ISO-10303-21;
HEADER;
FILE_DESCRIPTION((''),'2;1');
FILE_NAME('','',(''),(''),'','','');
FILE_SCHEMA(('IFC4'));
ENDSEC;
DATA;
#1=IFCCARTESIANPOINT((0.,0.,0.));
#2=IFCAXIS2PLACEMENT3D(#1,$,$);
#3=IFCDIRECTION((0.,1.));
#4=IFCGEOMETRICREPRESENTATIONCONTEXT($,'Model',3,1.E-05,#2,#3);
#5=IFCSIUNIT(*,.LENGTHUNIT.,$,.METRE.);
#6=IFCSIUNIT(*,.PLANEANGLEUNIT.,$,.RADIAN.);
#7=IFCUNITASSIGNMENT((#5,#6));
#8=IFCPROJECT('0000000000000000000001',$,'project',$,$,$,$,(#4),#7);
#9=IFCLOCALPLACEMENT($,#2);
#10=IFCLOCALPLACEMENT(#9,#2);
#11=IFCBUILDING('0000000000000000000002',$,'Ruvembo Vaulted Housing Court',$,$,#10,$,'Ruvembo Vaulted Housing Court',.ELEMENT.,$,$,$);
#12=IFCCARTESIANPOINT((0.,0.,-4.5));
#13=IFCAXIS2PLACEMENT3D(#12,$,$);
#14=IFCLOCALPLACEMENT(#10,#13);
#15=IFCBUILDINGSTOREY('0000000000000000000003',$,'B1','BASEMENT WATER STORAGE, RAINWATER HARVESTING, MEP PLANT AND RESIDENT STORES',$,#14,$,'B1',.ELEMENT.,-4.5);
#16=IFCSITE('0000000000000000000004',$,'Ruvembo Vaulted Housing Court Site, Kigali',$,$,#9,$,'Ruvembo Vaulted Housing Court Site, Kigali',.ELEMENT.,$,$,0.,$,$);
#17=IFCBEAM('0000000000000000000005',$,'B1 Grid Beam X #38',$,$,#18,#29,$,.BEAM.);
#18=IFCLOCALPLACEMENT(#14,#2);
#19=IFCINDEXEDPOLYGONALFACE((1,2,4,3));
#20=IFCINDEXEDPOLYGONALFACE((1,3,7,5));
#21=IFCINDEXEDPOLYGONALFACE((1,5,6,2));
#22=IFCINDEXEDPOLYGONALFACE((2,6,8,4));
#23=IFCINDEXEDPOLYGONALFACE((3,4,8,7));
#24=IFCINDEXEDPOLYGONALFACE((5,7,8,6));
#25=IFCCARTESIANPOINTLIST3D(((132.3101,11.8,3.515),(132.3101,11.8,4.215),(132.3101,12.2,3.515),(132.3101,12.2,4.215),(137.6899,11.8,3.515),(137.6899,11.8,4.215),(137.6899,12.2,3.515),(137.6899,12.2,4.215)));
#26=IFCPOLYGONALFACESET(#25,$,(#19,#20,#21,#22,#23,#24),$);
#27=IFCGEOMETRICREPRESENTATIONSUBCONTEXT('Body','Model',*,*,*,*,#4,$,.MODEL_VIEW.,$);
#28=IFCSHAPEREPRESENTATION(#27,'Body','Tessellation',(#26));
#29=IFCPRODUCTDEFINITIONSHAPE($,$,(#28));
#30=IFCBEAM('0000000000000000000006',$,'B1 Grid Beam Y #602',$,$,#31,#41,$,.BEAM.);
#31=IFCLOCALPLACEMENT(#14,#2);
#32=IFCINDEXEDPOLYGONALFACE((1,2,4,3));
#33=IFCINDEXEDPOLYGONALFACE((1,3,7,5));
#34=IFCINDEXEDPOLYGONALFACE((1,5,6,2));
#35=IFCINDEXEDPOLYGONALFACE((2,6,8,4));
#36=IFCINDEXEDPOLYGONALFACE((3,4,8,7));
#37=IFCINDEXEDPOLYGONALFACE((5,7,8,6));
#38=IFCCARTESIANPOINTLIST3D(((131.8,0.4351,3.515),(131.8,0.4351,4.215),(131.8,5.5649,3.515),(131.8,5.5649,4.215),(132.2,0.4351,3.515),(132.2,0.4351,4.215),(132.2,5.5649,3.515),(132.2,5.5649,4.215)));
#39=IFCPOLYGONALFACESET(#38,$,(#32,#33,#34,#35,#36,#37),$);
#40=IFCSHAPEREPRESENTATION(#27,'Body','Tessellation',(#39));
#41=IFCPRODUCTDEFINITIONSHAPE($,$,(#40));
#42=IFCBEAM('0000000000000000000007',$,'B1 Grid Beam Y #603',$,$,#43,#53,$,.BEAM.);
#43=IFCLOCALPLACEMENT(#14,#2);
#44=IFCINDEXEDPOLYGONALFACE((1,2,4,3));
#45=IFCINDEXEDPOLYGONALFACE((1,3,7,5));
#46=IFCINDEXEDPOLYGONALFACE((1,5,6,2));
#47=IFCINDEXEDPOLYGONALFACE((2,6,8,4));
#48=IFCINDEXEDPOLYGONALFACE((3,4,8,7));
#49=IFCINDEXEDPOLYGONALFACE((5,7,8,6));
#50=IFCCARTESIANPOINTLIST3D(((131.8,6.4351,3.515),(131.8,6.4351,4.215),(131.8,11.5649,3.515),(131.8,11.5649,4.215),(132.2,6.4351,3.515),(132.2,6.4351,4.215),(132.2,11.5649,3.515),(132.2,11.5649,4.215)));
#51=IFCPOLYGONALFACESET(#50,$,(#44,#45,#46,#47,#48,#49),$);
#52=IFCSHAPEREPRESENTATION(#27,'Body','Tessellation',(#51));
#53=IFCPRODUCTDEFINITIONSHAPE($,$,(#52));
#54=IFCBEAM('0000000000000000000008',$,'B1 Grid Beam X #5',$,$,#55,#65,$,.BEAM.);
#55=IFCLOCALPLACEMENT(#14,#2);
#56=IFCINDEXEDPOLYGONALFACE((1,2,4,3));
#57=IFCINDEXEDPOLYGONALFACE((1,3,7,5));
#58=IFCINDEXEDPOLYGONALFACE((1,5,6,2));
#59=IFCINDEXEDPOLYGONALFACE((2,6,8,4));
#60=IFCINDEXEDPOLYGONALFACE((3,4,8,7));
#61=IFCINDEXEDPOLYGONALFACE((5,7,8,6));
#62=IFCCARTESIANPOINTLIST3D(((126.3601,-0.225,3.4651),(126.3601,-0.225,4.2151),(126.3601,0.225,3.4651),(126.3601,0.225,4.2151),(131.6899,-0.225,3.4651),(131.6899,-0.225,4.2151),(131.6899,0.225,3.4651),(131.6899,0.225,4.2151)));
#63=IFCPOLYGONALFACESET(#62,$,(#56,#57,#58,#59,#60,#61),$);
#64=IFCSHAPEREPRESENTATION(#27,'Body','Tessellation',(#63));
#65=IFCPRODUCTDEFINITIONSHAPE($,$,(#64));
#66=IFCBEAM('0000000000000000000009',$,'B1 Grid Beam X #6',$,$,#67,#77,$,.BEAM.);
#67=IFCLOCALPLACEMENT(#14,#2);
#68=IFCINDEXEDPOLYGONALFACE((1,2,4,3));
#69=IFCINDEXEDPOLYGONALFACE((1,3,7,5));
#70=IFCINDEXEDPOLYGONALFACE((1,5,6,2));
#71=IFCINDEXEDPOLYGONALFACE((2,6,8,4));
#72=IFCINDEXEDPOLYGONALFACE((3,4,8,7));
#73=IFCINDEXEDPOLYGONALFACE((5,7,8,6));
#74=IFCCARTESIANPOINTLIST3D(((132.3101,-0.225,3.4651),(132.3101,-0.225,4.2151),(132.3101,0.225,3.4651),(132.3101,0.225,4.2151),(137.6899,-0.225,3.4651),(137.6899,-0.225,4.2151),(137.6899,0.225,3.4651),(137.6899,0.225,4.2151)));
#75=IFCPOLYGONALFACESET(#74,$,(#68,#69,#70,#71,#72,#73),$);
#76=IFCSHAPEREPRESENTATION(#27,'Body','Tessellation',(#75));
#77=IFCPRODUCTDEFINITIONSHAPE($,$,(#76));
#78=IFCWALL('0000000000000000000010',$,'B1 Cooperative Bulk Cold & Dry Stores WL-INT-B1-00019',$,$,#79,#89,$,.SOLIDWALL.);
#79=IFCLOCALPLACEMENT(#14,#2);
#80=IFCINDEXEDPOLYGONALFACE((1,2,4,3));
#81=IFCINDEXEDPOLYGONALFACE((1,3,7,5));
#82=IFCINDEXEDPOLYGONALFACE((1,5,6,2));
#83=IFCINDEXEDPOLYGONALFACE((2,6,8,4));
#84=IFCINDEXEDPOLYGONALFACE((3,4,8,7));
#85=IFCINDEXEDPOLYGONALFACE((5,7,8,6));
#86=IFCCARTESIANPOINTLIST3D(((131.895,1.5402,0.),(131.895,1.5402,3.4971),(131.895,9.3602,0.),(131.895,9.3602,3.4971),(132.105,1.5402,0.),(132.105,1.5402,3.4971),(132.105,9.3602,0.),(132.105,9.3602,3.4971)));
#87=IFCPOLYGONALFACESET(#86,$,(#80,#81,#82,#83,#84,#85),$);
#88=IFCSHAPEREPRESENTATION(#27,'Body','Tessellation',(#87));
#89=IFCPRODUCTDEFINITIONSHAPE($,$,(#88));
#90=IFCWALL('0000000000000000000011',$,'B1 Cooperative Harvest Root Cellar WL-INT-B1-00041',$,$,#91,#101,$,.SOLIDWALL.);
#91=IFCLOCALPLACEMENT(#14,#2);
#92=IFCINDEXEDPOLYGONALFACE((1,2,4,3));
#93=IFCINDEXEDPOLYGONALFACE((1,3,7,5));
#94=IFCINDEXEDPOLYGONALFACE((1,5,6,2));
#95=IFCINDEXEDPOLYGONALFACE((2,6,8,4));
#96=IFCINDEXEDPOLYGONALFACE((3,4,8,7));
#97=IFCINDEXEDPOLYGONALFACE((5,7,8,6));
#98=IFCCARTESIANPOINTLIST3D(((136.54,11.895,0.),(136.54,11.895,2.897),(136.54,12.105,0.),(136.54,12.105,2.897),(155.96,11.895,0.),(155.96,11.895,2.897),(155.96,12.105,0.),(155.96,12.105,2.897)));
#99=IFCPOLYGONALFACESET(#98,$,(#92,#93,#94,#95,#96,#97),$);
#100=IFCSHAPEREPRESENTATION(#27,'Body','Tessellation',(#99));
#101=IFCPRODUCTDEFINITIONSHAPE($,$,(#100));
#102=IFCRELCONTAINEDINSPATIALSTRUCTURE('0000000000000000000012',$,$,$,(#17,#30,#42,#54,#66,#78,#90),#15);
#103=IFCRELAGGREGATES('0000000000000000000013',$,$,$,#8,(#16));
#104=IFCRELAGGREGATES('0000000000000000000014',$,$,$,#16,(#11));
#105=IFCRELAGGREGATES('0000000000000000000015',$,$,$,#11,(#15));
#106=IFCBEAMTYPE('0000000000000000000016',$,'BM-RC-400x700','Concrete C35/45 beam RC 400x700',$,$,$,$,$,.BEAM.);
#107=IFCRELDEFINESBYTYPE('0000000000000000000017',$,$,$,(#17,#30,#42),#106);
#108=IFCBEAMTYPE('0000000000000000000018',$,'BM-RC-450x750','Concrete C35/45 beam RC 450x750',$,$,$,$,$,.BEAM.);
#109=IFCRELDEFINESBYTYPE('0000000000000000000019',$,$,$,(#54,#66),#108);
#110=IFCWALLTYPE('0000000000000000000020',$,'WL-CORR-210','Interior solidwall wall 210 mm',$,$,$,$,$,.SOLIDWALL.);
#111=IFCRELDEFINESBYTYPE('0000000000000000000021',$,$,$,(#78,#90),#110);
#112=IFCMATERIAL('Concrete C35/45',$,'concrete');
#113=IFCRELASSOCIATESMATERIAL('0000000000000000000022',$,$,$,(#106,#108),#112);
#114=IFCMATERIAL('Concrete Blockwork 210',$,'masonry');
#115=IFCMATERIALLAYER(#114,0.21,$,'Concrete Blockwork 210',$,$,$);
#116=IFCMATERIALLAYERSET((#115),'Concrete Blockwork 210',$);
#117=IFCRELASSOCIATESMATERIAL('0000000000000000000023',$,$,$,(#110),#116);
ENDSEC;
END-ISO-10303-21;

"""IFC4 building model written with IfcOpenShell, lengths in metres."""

from ifc_helpers import new_model, si_unit, direction, frame, frame_2d, origin, origin_2d, place, context, subcontext, project, spatial, rectangle, extrude, material, layer, layer_set, material_profile, profile_set, type_object, element, save


model = new_model("IFC4")

# Units and contexts
model_context = context("Model", 3, precision=1e-05, world=origin(), true_north=direction((0.0, 1.0)))
body_context = subcontext(model_context, "Body", "Model", "MODEL_VIEW")
ifc_project = project(units=[si_unit("LENGTHUNIT", "METRE"), si_unit("PLANEANGLEUNIT", "RADIAN")], contexts=[model_context])

# Site, building, storey
site_placement = place(None, origin())
site = spatial("IfcSite", under=ifc_project, at=site_placement, Name="Ruvembo Vaulted Housing Court Site, Kigali", LongName="Ruvembo Vaulted Housing Court Site, Kigali", CompositionType="ELEMENT", RefElevation=0.0)
building_placement = place(site_placement, origin())
building = spatial("IfcBuilding", under=site, at=building_placement, Name="Ruvembo Vaulted Housing Court", LongName="Ruvembo Vaulted Housing Court", CompositionType="ELEMENT")
storey_placement = place(building_placement, frame((0.0, 0.0, -4.5)))
storey = spatial("IfcBuildingStorey", under=building, at=storey_placement, Name="B1", Description="BASEMENT WATER STORAGE, RAINWATER HARVESTING, MEP PLANT AND RESIDENT STORES", LongName="B1", CompositionType="ELEMENT", Elevation=-4.5)

# Shared definitions
ifc_material_1 = material(Name="Concrete C35/45", Category="concrete")

# Beams
ifc_material_profile_1 = material_profile(ifc_material_1, rectangle(XDim=0.3999, YDim=0.7, at=origin_2d()), Name="RC 400x700")
ifc_profile_set_1 = profile_set([ifc_material_profile_1], Name="Concrete C35/45")
beam_type_1 = type_object("IfcBeamType", Name="BM-RC-400x700", Description="Concrete C35/45 beam RC 400x700", PredefinedType="BEAM", material=ifc_profile_set_1)
beam_1_placement = place(storey_placement, frame((132.3101, 12.0, 3.865), z_axis=(1.0, 0.0, 0.0), x_axis=(0.0, 1.0, 0.0)))
element("IfcBeam", 1, at=beam_1_placement, inside=storey, type_object=beam_type_1, Name="B1 Grid Beam X #38", PredefinedType="BEAM", context=body_context, shape_type="SweptSolid", body=[
    extrude(rectangle(XDim=0.3999, YDim=0.7, at=origin_2d()), origin(), (0.0, 0.0, 1.0), 5.3799),
])
for number, where, z_axis, x_axis, name in (
    (2, (132.0, 0.4351, 3.865), (0.0, 1.0, 0.0), (-1.0, 0.0, 0.0), "B1 Grid Beam Y #602"),
    (3, (132.0, 6.4351, 3.865), (0.0, 1.0, 0.0), (-1.0, 0.0, 0.0), "B1 Grid Beam Y #603"),
):
    element("IfcBeam", number, at=place(storey_placement, frame(where, z_axis=z_axis, x_axis=x_axis)), inside=storey, type_object=beam_type_1, Name=name, PredefinedType="BEAM", context=body_context, shape_type="SweptSolid", body=[
        extrude(rectangle(XDim=0.3999, YDim=0.7, at=origin_2d()), origin(), (0.0, 0.0, 1.0), 5.1299),
    ])
ifc_material_profile_2 = material_profile(ifc_material_1, rectangle(XDim=0.45, YDim=0.75, at=origin_2d()), Name="RC 450x750")
ifc_profile_set_2 = profile_set([ifc_material_profile_2], Name="Concrete C35/45")
beam_type_2 = type_object("IfcBeamType", Name="BM-RC-450x750", Description="Concrete C35/45 beam RC 450x750", PredefinedType="BEAM", material=ifc_profile_set_2)
beam_2_placement = place(storey_placement, frame((126.3601, 0.0, 3.8401), z_axis=(1.0, 0.0, 0.0), x_axis=(0.0, 1.0, 0.0)))
element("IfcBeam", 4, at=beam_2_placement, inside=storey, type_object=beam_type_2, Name="B1 Grid Beam X #5", PredefinedType="BEAM", context=body_context, shape_type="SweptSolid", body=[
    extrude(rectangle(XDim=0.45, YDim=0.75, at=origin_2d()), origin(), (0.0, 0.0, 1.0), 5.3298),
])
beam_3_placement = place(storey_placement, frame((132.3101, 0.0, 3.8401), z_axis=(1.0, 0.0, 0.0), x_axis=(0.0, 1.0, 0.0)))
element("IfcBeam", 5, at=beam_3_placement, inside=storey, type_object=beam_type_2, Name="B1 Grid Beam X #6", PredefinedType="BEAM", context=body_context, shape_type="SweptSolid", body=[
    extrude(rectangle(XDim=0.45, YDim=0.75, at=origin_2d()), origin(), (0.0, 0.0, 1.0), 5.3799),
])

# Walls
ifc_material_2 = material(Name="Concrete Blockwork 210", Category="masonry")
ifc_layer = layer(ifc_material_2, 0.21, Name="Concrete Blockwork 210")
ifc_layer_set = layer_set([ifc_layer], Name="Concrete Blockwork 210")
wall_type = type_object("IfcWallType", Name="WL-CORR-210", Description="Interior solidwall wall 210 mm", PredefinedType="SOLIDWALL", material=ifc_layer_set)
wall_1_placement = place(storey_placement, frame((132.0, 1.54, 0.0), z_axis=(0.0, 0.0, 1.0), x_axis=(0.0, 1.0, 0.0)))
element("IfcWall", 6, at=wall_1_placement, inside=storey, type_object=wall_type, Name="B1 Cooperative Bulk Cold & Dry Stores WL-INT-B1-00019", PredefinedType="SOLIDWALL", context=body_context, shape_type="SweptSolid", body=[
    extrude(rectangle(XDim=7.8201, YDim=0.21, at=frame_2d((3.9102, 0.0))), origin(), (0.0, 0.0, 1.0), 3.4971),
])
wall_2_placement = place(storey_placement, frame((136.54, 12.0, 0.0), z_axis=(0.0, 0.0, 1.0), x_axis=(1.0, 0.0, 0.0)))
element("IfcWall", 7, at=wall_2_placement, inside=storey, type_object=wall_type, Name="B1 Cooperative Harvest Root Cellar WL-INT-B1-00041", PredefinedType="SOLIDWALL", context=body_context, shape_type="SweptSolid", body=[
    extrude(rectangle(XDim=19.4199, YDim=0.21, at=frame_2d((9.71, 0.0))), origin(), (0.0, 0.0, 1.0), 2.897),
])

save(model, "model.ifc")
